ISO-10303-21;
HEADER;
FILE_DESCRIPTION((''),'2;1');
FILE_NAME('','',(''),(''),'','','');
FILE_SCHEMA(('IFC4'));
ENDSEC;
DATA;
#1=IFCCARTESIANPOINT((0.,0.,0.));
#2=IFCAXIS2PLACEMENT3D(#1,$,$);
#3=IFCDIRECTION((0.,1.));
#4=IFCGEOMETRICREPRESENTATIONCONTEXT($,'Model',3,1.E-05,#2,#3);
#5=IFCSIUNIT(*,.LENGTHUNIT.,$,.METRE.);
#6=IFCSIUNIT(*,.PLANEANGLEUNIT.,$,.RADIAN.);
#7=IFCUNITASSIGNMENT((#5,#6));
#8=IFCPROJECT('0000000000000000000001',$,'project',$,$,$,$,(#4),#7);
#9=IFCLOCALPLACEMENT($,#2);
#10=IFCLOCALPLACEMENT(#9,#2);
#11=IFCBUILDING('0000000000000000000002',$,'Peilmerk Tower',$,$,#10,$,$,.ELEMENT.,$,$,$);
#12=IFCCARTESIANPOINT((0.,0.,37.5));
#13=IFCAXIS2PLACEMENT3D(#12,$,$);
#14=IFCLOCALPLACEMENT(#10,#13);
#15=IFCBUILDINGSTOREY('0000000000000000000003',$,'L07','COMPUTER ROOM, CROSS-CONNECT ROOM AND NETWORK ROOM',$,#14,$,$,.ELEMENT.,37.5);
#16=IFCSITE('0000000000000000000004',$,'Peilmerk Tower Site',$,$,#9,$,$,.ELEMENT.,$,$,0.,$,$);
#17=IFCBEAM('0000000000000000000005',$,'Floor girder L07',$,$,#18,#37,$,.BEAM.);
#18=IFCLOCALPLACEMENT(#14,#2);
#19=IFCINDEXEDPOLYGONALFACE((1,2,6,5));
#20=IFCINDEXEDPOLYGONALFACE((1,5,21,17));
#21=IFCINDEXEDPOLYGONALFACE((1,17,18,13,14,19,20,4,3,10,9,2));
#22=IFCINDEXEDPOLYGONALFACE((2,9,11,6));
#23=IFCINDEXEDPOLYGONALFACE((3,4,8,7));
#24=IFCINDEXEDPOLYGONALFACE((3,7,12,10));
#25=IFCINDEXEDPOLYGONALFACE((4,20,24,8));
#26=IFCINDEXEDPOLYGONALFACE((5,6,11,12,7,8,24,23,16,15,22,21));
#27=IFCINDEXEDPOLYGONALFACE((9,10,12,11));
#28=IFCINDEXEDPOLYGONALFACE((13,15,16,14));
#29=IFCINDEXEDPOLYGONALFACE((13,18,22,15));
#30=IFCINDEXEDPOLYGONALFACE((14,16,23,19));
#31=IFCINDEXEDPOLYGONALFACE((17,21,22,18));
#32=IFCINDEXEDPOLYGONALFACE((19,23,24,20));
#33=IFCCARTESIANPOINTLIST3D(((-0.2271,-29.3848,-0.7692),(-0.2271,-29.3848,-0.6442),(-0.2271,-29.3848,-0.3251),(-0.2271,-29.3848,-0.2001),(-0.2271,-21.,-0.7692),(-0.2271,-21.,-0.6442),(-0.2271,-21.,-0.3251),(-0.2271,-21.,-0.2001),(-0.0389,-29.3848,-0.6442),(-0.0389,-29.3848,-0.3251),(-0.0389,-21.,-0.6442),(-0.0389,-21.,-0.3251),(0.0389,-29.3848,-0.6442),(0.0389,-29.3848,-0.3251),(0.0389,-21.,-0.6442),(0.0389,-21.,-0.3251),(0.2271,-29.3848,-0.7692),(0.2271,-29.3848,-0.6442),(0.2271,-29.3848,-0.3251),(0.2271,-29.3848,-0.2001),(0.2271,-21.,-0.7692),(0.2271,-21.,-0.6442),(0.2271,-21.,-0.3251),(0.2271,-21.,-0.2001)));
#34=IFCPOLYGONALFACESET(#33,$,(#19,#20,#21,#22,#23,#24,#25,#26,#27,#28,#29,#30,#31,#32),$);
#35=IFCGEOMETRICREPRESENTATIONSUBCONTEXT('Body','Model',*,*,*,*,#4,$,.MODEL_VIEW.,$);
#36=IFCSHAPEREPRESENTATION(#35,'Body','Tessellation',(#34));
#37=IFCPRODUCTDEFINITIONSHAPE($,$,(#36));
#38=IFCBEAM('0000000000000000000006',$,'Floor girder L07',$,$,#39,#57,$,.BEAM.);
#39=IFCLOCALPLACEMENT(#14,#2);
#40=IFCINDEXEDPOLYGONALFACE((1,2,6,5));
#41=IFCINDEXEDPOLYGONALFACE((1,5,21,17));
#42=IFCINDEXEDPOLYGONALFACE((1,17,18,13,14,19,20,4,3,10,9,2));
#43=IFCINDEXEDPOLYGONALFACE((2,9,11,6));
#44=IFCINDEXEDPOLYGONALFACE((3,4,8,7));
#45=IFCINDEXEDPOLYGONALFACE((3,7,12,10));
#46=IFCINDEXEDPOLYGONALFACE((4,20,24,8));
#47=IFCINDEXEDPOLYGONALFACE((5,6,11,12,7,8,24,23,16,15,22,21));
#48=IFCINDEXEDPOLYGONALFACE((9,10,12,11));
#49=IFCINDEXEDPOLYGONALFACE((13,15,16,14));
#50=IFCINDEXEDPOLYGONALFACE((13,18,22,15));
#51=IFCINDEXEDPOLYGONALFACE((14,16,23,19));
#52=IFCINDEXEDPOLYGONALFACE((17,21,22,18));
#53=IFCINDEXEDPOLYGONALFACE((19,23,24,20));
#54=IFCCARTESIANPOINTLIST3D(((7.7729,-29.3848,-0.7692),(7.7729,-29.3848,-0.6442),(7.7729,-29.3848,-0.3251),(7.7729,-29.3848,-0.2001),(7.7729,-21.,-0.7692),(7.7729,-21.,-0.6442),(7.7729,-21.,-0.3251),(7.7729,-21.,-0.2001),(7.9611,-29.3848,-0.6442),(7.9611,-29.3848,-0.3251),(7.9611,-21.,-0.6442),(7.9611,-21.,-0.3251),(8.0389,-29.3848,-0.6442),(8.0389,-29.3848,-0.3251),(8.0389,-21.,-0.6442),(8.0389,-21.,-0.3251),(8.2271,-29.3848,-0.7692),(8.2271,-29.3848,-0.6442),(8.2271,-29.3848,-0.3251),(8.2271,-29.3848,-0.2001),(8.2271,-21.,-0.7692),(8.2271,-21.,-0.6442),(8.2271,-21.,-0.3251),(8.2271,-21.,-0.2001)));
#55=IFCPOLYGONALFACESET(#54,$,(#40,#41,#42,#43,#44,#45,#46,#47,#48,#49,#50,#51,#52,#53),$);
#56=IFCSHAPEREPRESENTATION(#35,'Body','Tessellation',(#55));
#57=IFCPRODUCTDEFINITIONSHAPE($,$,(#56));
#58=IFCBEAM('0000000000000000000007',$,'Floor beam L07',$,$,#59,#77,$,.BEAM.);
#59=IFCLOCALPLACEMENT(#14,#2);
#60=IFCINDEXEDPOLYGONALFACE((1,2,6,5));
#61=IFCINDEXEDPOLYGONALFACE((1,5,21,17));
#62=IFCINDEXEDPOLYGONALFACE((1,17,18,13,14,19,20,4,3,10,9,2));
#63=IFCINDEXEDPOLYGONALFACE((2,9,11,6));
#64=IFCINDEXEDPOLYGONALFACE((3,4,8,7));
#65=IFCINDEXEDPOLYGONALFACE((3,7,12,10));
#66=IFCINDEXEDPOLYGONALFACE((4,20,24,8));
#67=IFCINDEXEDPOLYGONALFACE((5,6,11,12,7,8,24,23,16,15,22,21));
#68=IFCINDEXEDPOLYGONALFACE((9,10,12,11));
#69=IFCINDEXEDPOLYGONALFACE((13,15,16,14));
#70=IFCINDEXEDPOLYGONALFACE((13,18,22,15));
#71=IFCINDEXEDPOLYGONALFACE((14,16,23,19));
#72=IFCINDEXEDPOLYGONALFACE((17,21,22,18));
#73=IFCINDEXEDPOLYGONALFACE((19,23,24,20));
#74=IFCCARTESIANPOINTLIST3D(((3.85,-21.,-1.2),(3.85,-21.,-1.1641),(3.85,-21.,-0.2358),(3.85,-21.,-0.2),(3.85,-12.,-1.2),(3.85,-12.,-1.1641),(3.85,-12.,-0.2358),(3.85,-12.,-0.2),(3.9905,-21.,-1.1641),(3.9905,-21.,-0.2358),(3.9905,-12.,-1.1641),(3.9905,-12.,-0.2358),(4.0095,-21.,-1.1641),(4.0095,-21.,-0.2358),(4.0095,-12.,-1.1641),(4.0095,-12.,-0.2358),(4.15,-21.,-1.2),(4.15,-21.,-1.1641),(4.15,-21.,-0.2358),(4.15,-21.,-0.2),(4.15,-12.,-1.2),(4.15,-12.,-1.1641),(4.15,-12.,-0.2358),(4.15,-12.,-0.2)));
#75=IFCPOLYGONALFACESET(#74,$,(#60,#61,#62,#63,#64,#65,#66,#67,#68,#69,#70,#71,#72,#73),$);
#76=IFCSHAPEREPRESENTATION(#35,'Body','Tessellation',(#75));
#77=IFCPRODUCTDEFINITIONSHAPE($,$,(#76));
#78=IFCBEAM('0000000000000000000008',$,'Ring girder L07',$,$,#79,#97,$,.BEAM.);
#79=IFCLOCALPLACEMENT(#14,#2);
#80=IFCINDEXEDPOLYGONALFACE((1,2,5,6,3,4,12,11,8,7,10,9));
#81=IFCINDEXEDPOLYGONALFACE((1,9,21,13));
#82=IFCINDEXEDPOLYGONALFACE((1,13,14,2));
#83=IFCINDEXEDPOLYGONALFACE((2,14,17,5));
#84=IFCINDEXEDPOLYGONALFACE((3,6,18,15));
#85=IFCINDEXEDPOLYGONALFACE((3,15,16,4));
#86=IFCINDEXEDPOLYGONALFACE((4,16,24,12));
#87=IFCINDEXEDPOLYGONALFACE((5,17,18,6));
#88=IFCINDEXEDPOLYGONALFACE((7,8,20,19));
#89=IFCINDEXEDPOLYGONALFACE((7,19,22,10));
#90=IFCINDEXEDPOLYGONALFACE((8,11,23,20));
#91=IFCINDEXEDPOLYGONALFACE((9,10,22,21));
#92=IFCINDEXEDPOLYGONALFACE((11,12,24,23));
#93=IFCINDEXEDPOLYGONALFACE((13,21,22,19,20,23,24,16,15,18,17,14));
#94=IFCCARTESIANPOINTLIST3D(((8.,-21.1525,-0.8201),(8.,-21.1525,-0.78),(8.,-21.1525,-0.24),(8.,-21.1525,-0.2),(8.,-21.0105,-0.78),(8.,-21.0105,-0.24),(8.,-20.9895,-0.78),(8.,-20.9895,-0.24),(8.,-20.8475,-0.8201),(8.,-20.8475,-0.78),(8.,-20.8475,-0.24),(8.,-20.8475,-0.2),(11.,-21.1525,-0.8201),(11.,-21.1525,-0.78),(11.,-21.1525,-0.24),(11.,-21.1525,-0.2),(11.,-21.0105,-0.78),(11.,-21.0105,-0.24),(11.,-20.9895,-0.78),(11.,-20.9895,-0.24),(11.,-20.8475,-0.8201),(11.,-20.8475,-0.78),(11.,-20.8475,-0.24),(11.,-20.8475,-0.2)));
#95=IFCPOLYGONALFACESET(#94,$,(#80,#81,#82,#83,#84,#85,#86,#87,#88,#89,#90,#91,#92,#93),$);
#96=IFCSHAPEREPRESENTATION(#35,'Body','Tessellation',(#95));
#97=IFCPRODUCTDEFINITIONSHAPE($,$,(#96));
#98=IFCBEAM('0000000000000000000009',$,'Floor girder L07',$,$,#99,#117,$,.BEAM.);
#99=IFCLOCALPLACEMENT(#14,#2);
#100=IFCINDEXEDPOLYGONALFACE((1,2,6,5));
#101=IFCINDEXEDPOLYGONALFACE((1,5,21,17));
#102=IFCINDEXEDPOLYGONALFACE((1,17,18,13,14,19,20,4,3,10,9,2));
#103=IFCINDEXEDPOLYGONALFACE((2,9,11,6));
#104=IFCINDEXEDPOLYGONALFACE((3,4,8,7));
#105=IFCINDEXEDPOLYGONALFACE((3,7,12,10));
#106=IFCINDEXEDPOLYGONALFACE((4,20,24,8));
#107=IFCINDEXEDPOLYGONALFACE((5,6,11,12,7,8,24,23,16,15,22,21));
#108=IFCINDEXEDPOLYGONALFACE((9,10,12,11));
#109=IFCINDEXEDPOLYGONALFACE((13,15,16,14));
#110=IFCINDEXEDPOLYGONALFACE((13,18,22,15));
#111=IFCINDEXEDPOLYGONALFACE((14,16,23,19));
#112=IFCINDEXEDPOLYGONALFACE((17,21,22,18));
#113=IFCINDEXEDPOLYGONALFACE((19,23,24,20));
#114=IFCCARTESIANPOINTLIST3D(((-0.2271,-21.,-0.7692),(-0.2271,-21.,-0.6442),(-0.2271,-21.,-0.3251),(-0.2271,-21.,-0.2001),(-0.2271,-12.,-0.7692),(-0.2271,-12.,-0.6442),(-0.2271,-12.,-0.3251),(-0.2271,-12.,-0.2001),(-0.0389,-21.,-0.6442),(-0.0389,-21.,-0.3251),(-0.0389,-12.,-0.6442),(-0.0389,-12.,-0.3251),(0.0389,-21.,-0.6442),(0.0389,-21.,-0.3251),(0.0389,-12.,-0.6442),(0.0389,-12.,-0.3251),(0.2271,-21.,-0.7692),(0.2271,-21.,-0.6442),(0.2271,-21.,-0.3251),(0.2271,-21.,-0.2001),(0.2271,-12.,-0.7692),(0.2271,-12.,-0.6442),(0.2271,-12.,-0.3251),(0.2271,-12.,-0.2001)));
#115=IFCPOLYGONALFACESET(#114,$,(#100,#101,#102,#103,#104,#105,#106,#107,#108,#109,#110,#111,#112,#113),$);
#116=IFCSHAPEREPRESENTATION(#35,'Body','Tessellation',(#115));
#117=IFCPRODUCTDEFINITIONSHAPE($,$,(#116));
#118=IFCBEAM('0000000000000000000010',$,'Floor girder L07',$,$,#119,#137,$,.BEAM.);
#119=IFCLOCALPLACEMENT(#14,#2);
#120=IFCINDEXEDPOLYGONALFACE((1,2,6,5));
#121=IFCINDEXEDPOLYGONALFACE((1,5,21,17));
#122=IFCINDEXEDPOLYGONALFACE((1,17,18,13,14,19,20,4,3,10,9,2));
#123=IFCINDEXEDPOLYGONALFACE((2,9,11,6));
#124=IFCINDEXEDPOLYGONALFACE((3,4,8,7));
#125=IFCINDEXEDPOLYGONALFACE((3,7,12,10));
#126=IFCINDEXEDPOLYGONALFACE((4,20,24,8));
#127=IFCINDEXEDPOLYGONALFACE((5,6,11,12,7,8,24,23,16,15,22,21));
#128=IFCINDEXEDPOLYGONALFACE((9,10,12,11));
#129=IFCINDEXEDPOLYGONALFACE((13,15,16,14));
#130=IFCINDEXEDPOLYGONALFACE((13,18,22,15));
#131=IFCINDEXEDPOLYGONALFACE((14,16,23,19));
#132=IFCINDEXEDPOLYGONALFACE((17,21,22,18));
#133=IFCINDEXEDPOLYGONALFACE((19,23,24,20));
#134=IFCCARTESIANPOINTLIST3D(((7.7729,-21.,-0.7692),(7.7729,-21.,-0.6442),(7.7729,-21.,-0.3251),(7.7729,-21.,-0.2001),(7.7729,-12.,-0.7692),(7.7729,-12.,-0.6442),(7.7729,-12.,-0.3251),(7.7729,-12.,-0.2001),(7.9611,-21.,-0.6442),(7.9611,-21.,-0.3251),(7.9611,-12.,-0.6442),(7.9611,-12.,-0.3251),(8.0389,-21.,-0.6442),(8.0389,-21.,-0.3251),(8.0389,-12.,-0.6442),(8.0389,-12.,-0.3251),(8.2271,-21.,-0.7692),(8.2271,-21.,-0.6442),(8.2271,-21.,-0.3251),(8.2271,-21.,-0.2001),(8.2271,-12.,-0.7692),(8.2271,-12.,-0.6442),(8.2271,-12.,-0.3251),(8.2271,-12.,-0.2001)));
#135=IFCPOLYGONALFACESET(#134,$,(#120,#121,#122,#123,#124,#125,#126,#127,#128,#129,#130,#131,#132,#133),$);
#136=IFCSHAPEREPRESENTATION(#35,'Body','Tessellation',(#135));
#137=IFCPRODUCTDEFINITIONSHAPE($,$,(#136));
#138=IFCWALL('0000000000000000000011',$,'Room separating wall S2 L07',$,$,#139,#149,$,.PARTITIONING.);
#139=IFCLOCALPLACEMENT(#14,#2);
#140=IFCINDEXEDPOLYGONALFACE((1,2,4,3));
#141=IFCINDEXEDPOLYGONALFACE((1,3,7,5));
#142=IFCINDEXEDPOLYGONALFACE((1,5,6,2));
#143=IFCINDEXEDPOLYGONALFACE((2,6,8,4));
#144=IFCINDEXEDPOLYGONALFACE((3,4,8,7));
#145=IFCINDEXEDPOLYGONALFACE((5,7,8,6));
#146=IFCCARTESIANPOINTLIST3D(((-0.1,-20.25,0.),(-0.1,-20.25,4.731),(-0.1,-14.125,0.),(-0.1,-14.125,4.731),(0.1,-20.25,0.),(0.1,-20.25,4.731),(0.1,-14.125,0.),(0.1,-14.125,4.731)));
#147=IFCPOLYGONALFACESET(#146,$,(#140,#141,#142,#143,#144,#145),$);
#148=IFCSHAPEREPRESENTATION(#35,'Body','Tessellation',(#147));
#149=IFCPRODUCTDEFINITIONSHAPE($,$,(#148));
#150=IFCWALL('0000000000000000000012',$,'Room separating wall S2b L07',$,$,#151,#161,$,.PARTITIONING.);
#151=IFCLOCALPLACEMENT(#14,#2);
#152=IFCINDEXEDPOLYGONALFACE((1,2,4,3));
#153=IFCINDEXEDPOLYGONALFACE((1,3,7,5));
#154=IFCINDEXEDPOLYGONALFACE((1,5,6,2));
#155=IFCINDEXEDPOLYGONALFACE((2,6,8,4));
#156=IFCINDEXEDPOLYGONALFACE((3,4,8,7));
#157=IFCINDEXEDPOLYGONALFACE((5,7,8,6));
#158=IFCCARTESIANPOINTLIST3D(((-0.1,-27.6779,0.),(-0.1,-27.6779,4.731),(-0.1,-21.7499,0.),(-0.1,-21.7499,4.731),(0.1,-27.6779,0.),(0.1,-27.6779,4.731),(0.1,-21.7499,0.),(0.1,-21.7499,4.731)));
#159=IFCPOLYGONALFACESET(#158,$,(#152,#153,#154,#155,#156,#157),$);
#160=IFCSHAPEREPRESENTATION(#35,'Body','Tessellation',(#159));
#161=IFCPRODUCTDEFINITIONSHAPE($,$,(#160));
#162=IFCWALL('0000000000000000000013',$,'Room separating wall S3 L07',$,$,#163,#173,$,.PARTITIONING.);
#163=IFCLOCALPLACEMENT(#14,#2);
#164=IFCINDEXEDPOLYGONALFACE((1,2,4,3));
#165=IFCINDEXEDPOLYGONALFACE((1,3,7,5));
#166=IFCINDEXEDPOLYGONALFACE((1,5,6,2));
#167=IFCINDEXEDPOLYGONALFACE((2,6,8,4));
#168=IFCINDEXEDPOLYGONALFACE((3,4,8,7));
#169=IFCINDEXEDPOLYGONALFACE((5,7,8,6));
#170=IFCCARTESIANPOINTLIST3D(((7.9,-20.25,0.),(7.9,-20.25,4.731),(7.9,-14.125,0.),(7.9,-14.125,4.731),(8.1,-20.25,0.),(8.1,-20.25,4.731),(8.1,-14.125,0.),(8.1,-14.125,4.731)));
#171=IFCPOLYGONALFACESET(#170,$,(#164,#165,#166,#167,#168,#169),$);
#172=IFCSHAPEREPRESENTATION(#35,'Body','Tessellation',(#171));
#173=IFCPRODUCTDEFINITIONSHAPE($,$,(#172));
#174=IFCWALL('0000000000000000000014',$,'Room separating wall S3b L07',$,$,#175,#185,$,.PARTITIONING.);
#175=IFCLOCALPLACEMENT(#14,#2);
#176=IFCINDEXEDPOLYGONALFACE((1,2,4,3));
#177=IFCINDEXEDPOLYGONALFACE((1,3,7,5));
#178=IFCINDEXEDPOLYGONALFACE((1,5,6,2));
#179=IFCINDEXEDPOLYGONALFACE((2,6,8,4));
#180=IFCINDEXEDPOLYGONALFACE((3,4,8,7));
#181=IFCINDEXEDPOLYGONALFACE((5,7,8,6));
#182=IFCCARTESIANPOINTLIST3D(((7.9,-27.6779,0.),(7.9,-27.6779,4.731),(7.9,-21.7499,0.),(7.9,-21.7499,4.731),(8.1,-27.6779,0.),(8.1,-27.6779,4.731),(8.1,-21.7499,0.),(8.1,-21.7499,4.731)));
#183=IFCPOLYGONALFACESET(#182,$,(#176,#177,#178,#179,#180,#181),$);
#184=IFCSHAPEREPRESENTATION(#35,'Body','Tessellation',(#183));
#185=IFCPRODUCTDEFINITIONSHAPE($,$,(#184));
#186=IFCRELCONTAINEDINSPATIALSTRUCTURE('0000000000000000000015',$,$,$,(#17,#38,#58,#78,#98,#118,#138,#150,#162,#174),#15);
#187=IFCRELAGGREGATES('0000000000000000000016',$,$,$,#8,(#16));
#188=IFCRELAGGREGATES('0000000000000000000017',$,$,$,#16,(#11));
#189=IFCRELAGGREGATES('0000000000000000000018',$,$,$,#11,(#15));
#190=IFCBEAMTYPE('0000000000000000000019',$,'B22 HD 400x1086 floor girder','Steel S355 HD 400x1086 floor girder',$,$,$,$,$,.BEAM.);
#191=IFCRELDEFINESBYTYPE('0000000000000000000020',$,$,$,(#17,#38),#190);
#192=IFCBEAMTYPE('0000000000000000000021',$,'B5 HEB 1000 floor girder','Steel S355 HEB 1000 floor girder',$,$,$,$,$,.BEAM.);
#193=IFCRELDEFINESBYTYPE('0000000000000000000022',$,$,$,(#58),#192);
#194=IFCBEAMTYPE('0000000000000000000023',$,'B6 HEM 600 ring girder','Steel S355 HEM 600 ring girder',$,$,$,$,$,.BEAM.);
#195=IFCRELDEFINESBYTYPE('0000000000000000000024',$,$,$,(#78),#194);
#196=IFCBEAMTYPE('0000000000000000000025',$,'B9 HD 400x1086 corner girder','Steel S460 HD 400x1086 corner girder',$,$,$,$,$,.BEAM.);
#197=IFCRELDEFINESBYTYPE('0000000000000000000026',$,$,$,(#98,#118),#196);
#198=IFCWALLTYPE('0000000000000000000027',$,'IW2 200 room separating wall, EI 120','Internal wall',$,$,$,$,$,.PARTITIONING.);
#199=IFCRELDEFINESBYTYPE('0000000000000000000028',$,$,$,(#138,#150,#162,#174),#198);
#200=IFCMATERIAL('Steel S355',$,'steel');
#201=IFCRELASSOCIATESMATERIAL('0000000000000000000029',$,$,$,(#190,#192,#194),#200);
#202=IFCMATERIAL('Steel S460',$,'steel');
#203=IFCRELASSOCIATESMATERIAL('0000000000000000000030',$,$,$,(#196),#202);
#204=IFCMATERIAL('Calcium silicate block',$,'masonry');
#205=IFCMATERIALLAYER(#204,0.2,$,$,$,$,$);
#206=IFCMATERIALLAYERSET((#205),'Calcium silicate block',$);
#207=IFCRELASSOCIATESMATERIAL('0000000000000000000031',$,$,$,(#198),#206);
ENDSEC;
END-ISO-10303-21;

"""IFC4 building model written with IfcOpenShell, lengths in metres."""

from ifc_helpers import new_model, si_unit, direction, frame, frame_2d, origin, origin_2d, place, context, subcontext, project, spatial, rectangle, i_section, extrude, material, layer, layer_set, material_profile, profile_set, type_object, element, save


model = new_model("IFC4")

# Units and contexts
model_context = context("Model", 3, precision=1e-05, world=origin(), true_north=direction((0.0, 1.0)))
body_context = subcontext(model_context, "Body", "Model", "MODEL_VIEW")
ifc_project = project(units=[si_unit("LENGTHUNIT", "METRE"), si_unit("PLANEANGLEUNIT", "RADIAN")], contexts=[model_context])

# Site, building, storey
site_placement = place(None, origin())
site = spatial("IfcSite", under=ifc_project, at=site_placement, Name="Peilmerk Tower Site", CompositionType="ELEMENT", RefElevation=0.0)
building_placement = place(site_placement, origin())
building = spatial("IfcBuilding", under=site, at=building_placement, Name="Peilmerk Tower", CompositionType="ELEMENT")
storey_placement = place(building_placement, frame((0.0, 0.0, 37.5)))
storey = spatial("IfcBuildingStorey", under=building, at=storey_placement, Name="L07", Description="COMPUTER ROOM, CROSS-CONNECT ROOM AND NETWORK ROOM", CompositionType="ELEMENT", Elevation=37.5)

# Beams
ifc_material_1 = material(Name="Steel S355", Category="steel")
ifc_material_profile_1 = material_profile(ifc_material_1, i_section(OverallWidth=0.4541, OverallDepth=0.5691, WebThickness=0.0779, FlangeThickness=0.125, at=origin_2d()), Name="HD 400x1086")
ifc_profile_set_1 = profile_set([ifc_material_profile_1], Name="Steel S355")
beam_type_1 = type_object("IfcBeamType", Name="B22 HD 400x1086 floor girder", Description="Steel S355 HD 400x1086 floor girder", PredefinedType="BEAM", material=ifc_profile_set_1)
for number, where, z_axis, x_axis, name in (
    (1, (0.0, -21.0, -0.4846), (0.0, -1.0, 0.0), (1.0, 0.0, 0.0), "Floor girder L07"),
    (2, (8.0, -21.0, -0.4846), (0.0, -1.0, 0.0), (1.0, 0.0, 0.0), "Floor girder L07"),
):
    element("IfcBeam", number, at=place(storey_placement, frame(where, z_axis=z_axis, x_axis=x_axis)), inside=storey, type_object=beam_type_1, Name=name, PredefinedType="BEAM", context=body_context, shape_type="SweptSolid", body=[
        extrude(i_section(OverallWidth=0.4541, OverallDepth=0.5691, WebThickness=0.0779, FlangeThickness=0.125, at=origin_2d()), origin(), (0.0, 0.0, 1.0), 8.3848),
    ])
ifc_material_profile_2 = material_profile(ifc_material_1, i_section(OverallWidth=0.3, OverallDepth=1.0, WebThickness=0.019, FlangeThickness=0.0359, at=origin_2d()), Name="HEB 1000")
ifc_profile_set_2 = profile_set([ifc_material_profile_2], Name="Steel S355")
beam_type_2 = type_object("IfcBeamType", Name="B5 HEB 1000 floor girder", Description="Steel S355 HEB 1000 floor girder", PredefinedType="BEAM", material=ifc_profile_set_2)
beam_1_placement = place(storey_placement, frame((4.0, -12.0, -0.7), z_axis=(0.0, -1.0, 0.0), x_axis=(1.0, 0.0, 0.0)))
element("IfcBeam", 3, at=beam_1_placement, inside=storey, type_object=beam_type_2, Name="Floor beam L07", PredefinedType="BEAM", context=body_context, shape_type="SweptSolid", body=[
    extrude(i_section(OverallWidth=0.3, OverallDepth=1.0, WebThickness=0.019, FlangeThickness=0.0359, at=origin_2d()), origin(), (0.0, 0.0, 1.0), 9.0),
])
ifc_material_profile_3 = material_profile(ifc_material_1, i_section(OverallWidth=0.3049, OverallDepth=0.6201, WebThickness=0.021, FlangeThickness=0.04, at=origin_2d()), Name="HEM 600")
ifc_profile_set_3 = profile_set([ifc_material_profile_3], Name="Steel S355")
beam_type_3 = type_object("IfcBeamType", Name="B6 HEM 600 ring girder", Description="Steel S355 HEM 600 ring girder", PredefinedType="BEAM", material=ifc_profile_set_3)
beam_2_placement = place(storey_placement, frame((8.0, -21.0, -0.51), z_axis=(1.0, 0.0, 0.0), x_axis=(0.0, 1.0, 0.0)))
element("IfcBeam", 4, at=beam_2_placement, inside=storey, type_object=beam_type_3, Name="Ring girder L07", PredefinedType="BEAM", context=body_context, shape_type="SweptSolid", body=[
    extrude(i_section(OverallWidth=0.3049, OverallDepth=0.6201, WebThickness=0.021, FlangeThickness=0.04, at=origin_2d()), origin(), (0.0, 0.0, 1.0), 3.0),
])
ifc_material_2 = material(Name="Steel S460", Category="steel")
ifc_material_profile_4 = material_profile(ifc_material_2, i_section(OverallWidth=0.4541, OverallDepth=0.5691, WebThickness=0.0779, FlangeThickness=0.125, at=origin_2d()), Name="HD 400x1086")
ifc_profile_set_4 = profile_set([ifc_material_profile_4], Name="Steel S460")
beam_type_4 = type_object("IfcBeamType", Name="B9 HD 400x1086 corner girder", Description="Steel S460 HD 400x1086 corner girder", PredefinedType="BEAM", material=ifc_profile_set_4)
for number, where, z_axis, x_axis, name in (
    (5, (0.0, -12.0, -0.4846), (0.0, -1.0, 0.0), (1.0, 0.0, 0.0), "Floor girder L07"),
    (6, (8.0, -12.0, -0.4846), (0.0, -1.0, 0.0), (1.0, 0.0, 0.0), "Floor girder L07"),
):
    element("IfcBeam", number, at=place(storey_placement, frame(where, z_axis=z_axis, x_axis=x_axis)), inside=storey, type_object=beam_type_4, Name=name, PredefinedType="BEAM", context=body_context, shape_type="SweptSolid", body=[
        extrude(i_section(OverallWidth=0.4541, OverallDepth=0.5691, WebThickness=0.0779, FlangeThickness=0.125, at=origin_2d()), origin(), (0.0, 0.0, 1.0), 9.0),
    ])

# Walls
ifc_material_3 = material(Name="Calcium silicate block", Category="masonry")
ifc_layer_1 = layer(ifc_material_3, 0.2)
ifc_layer_set_1 = layer_set([ifc_layer_1], Name="Calcium silicate block")
wall_type_1 = type_object("IfcWallType", Name="IW2 200 room separating wall, EI 120", Description="Internal wall", PredefinedType="PARTITIONING", material=ifc_layer_set_1)
wall_1_placement = place(storey_placement, frame((0.0, -14.125, 0.0), z_axis=(0.0, 0.0, 1.0), x_axis=(0.0, -1.0, 0.0)))
element("IfcWall", 7, at=wall_1_placement, inside=storey, type_object=wall_type_1, Name="Room separating wall S2 L07", PredefinedType="PARTITIONING", context=body_context, shape_type="SweptSolid", body=[
    extrude(rectangle(XDim=6.125, YDim=0.2, at=frame_2d((3.0625, 0.0))), origin(), (0.0, 0.0, 1.0), 4.731),
])
wall_2_placement = place(storey_placement, frame((0.0, -21.75, 0.0), z_axis=(0.0, 0.0, 1.0), x_axis=(0.0, -1.0, 0.0)))
element("IfcWall", 8, at=wall_2_placement, inside=storey, type_object=wall_type_1, Name="Room separating wall S2b L07", PredefinedType="PARTITIONING", context=body_context, shape_type="SweptSolid", body=[
    extrude(rectangle(XDim=5.928, YDim=0.2, at=frame_2d((2.9639, 0.0))), origin(), (0.0, 0.0, 1.0), 4.731),
])
wall_3_placement = place(storey_placement, frame((8.0, -14.125, 0.0), z_axis=(0.0, 0.0, 1.0), x_axis=(0.0, -1.0, 0.0)))
element("IfcWall", 9, at=wall_3_placement, inside=storey, type_object=wall_type_1, Name="Room separating wall S3 L07", PredefinedType="PARTITIONING", context=body_context, shape_type="SweptSolid", body=[
    extrude(rectangle(XDim=6.125, YDim=0.2, at=frame_2d((3.0625, 0.0))), origin(), (0.0, 0.0, 1.0), 4.731),
])
wall_4_placement = place(storey_placement, frame((8.0, -21.75, 0.0), z_axis=(0.0, 0.0, 1.0), x_axis=(0.0, -1.0, 0.0)))
element("IfcWall", 10, at=wall_4_placement, inside=storey, type_object=wall_type_1, Name="Room separating wall S3b L07", PredefinedType="PARTITIONING", context=body_context, shape_type="SweptSolid", body=[
    extrude(rectangle(XDim=5.928, YDim=0.2, at=frame_2d((2.9639, 0.0))), origin(), (0.0, 0.0, 1.0), 4.731),
])

save(model, "model.ifc")
